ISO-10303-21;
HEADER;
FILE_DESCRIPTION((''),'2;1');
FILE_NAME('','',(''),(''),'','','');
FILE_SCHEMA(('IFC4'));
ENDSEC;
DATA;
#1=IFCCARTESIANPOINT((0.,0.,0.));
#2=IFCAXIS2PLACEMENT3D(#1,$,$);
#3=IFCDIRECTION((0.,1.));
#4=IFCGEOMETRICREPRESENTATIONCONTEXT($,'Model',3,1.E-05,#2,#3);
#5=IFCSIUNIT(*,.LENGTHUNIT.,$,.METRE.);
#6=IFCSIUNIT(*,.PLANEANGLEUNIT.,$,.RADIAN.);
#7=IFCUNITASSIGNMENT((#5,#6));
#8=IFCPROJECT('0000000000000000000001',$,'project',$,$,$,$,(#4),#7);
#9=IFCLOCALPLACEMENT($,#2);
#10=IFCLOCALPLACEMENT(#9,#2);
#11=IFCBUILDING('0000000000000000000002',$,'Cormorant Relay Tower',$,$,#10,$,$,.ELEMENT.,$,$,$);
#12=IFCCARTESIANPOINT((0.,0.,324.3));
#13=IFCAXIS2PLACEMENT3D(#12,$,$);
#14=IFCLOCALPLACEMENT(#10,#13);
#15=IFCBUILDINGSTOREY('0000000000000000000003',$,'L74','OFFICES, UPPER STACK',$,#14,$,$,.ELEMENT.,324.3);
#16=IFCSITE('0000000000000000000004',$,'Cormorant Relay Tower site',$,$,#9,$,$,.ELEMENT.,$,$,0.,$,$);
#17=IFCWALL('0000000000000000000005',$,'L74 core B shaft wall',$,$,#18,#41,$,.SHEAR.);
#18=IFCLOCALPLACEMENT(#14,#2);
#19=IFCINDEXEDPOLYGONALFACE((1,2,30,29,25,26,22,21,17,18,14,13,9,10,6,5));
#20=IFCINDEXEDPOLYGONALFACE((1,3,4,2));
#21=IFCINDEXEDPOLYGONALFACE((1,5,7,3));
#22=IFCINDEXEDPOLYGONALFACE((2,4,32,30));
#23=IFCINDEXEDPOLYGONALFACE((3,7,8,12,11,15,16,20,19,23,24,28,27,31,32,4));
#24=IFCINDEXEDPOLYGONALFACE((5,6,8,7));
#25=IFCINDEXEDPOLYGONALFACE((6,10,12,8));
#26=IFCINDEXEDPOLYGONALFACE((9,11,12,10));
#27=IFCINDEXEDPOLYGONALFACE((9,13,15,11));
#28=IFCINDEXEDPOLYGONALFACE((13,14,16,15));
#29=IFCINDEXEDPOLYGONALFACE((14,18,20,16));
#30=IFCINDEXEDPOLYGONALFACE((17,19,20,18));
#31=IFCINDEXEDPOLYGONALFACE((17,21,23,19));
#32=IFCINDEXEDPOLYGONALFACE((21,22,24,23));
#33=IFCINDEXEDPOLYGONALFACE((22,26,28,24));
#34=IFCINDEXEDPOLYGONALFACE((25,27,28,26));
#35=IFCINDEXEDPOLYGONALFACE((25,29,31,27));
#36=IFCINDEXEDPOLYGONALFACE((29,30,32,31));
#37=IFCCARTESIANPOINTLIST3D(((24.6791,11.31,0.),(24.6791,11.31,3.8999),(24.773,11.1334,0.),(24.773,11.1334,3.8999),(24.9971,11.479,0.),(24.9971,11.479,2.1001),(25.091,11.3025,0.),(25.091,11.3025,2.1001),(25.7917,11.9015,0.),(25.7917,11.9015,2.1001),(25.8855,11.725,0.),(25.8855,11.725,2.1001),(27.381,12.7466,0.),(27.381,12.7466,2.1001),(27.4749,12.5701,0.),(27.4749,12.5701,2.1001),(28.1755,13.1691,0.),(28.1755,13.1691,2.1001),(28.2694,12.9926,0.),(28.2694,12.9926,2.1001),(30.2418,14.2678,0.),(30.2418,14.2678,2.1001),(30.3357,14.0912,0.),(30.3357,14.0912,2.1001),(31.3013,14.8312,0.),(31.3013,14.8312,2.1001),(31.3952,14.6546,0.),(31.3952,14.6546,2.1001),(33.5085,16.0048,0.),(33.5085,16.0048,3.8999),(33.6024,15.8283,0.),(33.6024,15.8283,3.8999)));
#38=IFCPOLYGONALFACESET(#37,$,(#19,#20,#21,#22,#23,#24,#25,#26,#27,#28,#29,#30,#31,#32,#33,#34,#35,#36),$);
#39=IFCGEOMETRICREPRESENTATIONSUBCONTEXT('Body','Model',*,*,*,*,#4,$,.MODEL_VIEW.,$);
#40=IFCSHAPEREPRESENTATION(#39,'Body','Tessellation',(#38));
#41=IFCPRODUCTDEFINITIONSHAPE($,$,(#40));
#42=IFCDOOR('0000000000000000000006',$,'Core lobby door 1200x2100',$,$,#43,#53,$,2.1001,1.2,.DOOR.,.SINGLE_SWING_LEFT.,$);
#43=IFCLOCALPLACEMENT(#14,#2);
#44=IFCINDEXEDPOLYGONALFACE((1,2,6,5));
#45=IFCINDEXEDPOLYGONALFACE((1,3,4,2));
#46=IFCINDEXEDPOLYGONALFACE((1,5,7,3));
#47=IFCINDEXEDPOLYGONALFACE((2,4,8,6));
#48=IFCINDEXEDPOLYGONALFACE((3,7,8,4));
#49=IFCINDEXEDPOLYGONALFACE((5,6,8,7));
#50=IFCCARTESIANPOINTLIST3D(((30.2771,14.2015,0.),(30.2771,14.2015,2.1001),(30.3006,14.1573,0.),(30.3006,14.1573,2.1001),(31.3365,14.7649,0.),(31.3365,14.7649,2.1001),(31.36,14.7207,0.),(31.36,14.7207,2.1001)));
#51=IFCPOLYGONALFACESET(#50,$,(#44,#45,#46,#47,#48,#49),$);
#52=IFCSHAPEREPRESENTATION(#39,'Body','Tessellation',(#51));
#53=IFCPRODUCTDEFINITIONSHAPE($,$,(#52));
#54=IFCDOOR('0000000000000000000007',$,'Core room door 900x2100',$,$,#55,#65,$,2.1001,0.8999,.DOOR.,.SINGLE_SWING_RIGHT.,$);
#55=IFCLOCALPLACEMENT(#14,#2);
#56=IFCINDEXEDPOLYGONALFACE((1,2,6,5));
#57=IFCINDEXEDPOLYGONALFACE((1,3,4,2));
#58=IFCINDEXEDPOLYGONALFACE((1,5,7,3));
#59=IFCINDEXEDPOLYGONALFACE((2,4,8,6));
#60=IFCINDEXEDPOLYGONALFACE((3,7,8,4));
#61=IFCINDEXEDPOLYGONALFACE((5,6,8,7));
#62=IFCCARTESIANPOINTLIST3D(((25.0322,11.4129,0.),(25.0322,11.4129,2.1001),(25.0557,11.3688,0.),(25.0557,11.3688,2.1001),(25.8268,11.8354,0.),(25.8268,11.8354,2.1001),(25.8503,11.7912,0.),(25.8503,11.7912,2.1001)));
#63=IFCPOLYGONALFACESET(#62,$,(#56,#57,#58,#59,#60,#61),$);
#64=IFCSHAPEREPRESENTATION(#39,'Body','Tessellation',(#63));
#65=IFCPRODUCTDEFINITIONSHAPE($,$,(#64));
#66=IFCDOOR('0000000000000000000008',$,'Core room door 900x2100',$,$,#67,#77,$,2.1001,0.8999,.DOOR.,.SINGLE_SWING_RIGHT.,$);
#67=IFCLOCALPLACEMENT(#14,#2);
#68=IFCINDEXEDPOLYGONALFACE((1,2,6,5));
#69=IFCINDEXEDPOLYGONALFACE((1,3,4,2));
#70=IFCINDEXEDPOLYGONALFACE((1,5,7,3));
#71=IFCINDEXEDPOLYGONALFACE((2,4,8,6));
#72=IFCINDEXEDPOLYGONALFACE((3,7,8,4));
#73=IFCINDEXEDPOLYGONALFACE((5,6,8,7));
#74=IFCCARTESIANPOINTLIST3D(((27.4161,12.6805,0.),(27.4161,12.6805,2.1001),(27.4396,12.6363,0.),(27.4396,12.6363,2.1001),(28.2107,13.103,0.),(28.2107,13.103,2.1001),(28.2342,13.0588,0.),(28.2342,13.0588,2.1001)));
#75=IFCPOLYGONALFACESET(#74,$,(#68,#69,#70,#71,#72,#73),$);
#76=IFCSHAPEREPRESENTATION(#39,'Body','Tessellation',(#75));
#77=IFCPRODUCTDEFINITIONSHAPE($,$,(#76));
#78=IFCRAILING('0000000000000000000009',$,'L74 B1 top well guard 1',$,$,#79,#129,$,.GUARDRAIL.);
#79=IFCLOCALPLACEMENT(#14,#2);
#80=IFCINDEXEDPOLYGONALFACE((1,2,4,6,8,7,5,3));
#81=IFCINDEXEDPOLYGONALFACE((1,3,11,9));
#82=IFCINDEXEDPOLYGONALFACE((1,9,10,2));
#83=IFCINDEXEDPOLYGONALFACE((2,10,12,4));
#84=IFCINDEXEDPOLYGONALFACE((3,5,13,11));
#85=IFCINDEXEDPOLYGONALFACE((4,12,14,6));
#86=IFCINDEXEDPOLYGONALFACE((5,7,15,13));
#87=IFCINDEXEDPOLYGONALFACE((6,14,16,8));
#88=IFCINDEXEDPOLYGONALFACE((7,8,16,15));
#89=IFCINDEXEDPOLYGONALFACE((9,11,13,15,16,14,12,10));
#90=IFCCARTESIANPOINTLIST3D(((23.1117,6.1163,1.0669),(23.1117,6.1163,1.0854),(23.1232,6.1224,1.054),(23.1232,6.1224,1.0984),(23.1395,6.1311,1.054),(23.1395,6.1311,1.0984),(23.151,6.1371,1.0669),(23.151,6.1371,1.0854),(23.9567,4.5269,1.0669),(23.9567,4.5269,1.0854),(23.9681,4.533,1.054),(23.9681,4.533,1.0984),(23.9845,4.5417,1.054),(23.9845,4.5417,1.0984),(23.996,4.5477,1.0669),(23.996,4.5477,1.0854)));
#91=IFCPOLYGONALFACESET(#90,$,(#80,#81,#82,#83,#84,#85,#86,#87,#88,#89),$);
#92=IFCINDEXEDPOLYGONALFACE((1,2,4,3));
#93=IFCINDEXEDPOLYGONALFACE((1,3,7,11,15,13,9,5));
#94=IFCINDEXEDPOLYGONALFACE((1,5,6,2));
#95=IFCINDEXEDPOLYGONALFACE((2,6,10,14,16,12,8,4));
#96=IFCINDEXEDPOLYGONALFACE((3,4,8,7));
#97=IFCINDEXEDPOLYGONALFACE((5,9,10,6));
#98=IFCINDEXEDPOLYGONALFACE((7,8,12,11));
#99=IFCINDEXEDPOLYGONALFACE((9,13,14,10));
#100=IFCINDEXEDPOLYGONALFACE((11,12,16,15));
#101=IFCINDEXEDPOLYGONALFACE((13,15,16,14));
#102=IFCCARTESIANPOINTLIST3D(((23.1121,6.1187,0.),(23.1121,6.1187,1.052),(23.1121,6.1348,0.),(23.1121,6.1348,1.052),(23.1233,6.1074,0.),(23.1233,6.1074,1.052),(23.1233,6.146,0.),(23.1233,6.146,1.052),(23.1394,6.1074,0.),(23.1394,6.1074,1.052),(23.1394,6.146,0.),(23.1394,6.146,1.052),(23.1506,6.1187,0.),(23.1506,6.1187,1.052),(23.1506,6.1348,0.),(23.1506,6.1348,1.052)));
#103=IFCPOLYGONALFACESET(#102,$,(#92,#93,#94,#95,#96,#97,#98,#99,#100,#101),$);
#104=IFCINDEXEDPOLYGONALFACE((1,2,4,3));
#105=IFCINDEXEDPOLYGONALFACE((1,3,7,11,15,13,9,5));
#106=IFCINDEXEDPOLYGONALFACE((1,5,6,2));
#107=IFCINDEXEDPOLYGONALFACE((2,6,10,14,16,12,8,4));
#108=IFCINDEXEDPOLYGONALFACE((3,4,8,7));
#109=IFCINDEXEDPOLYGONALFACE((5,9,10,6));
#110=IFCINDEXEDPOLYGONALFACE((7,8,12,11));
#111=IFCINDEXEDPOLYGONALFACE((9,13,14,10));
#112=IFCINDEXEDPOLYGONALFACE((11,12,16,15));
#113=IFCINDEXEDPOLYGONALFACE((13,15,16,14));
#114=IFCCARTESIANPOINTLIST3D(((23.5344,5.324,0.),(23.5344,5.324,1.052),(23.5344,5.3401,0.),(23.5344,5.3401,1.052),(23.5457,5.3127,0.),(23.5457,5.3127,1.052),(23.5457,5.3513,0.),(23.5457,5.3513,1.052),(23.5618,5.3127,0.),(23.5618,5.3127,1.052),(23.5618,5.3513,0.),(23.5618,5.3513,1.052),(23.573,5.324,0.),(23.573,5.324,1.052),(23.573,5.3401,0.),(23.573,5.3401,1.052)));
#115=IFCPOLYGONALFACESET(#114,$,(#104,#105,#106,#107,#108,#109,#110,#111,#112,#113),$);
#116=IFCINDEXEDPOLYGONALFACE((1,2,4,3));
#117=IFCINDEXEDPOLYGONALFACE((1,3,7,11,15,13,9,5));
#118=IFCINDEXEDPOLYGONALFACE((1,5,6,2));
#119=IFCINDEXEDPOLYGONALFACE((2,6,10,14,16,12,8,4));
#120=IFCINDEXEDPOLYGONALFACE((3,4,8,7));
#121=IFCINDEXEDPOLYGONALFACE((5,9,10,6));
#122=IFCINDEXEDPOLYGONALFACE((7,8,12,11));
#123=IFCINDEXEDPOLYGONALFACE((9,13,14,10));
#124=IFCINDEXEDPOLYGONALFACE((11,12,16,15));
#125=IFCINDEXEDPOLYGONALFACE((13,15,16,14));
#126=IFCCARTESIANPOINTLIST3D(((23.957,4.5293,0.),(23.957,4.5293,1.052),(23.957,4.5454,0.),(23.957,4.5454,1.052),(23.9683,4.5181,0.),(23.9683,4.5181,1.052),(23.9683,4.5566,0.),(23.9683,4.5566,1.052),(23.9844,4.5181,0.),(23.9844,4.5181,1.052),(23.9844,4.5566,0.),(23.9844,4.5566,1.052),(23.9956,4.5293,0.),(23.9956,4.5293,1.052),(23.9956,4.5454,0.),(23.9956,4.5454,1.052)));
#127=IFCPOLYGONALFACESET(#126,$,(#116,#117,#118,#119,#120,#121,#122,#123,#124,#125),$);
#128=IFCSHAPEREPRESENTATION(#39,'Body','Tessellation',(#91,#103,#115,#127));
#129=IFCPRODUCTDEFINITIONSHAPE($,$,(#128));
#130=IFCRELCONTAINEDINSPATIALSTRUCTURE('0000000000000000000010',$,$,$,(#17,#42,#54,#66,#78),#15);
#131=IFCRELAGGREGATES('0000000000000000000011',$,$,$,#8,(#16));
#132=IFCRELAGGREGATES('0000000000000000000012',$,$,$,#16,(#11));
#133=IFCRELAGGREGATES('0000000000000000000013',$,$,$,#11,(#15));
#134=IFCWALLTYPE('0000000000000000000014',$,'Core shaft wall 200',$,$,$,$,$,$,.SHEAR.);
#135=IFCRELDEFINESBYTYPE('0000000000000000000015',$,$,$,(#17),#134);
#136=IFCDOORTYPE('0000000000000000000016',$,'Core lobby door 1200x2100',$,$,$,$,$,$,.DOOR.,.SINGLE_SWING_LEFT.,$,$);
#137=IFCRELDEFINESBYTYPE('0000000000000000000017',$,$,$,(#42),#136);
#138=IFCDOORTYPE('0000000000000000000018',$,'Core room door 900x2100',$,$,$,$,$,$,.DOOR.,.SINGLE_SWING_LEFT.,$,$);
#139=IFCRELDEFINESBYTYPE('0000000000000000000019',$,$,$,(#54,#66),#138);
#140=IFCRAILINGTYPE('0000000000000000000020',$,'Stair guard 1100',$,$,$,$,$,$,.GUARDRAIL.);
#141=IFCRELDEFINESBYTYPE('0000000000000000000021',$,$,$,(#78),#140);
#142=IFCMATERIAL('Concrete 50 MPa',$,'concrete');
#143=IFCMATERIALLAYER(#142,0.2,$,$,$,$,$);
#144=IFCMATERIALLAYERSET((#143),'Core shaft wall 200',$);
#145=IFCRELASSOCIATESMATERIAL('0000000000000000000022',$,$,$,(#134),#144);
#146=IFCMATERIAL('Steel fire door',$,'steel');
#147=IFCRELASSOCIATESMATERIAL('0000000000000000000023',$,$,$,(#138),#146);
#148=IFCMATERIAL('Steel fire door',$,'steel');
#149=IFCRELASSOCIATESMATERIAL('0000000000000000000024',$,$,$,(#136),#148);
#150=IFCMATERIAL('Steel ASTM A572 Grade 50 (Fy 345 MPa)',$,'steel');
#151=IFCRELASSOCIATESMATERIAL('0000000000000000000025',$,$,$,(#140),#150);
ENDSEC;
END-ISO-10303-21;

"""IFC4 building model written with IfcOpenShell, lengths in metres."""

from ifc_helpers import new_model, si_unit, direction, frame, frame_2d, origin, place, context, subcontext, project, spatial, polyline, rectangle, outline, extrude, material, layer, layer_set, type_object, element, fill, save


model = new_model("IFC4")

# Units and contexts
model_context = context("Model", 3, precision=1e-05, world=origin(), true_north=direction((0.0, 1.0)))
body_context = subcontext(model_context, "Body", "Model", "MODEL_VIEW")
ifc_project = project(units=[si_unit("LENGTHUNIT", "METRE"), si_unit("PLANEANGLEUNIT", "RADIAN")], contexts=[model_context])

# Site, building, storey
site_placement = place(None, origin())
site = spatial("IfcSite", under=ifc_project, at=site_placement, Name="Cormorant Relay Tower site", CompositionType="ELEMENT", RefElevation=0.0)
building_placement = place(site_placement, origin())
building = spatial("IfcBuilding", under=site, at=building_placement, Name="Cormorant Relay Tower", CompositionType="ELEMENT")
storey_placement = place(building_placement, frame((0.0, 0.0, 324.3)))
storey = spatial("IfcBuildingStorey", under=building, at=storey_placement, Name="L74", Description="OFFICES, UPPER STACK", CompositionType="ELEMENT", Elevation=324.3)

# Shared definitions
ifc_material_1 = material(Name="Concrete 50 MPa", Category="concrete")
ifc_layer_1 = layer(ifc_material_1, 0.2)
ifc_layer_set_1 = layer_set([ifc_layer_1], Name="Core shaft wall 200")
wall_type_1 = type_object("IfcWallType", Name="Core shaft wall 200", PredefinedType="SHEAR", material=ifc_layer_set_1)

# Wall, openings, doors
ifc_material_2 = material(Name="Steel fire door", Category="steel")
door_type_1 = type_object("IfcDoorType", Name="Core room door 900x2100", OperationType="SINGLE_SWING_LEFT", PredefinedType="DOOR", material=ifc_material_2)
wall_1_placement = place(storey_placement, frame((24.7261, 11.2217, 0.0), z_axis=(0.0, 0.0, 1.0), x_axis=(0.88294, 0.469485, 0.0)))
wall_1 = element("IfcWall", 1, at=wall_1_placement, inside=storey, type_object=wall_type_1, Name="L74 core B shaft wall", PredefinedType="SHEAR", context=body_context, shape_type="SweptSolid", body=[
    extrude(rectangle(XDim=10.0, YDim=0.2, at=frame_2d((5.0, 0.0))), origin(), (0.0, 0.0, 1.0), 3.8999),
])
opening_1_placement = place(wall_1_placement, frame((6.3, 0.0, 0.0)))
opening_1 = element("IfcOpeningElement", 2, at=opening_1_placement, cuts=wall_1, PredefinedType="OPENING", context=body_context, shape_type="SweptSolid", body=[
    extrude(rectangle(XDim=1.2, YDim=2.1001, at=frame_2d((0.6001, 1.05))), frame((0.0, 0.1099, 0.0), z_axis=(0.0, -1.0, 0.0), x_axis=(1.0, 0.0, 0.0)), (0.0, 0.0, 1.0), 0.22),
])
opening_2_placement = place(wall_1_placement, frame((0.3601, 0.0, 0.0)))
opening_2 = element("IfcOpeningElement", 3, at=opening_2_placement, cuts=wall_1, PredefinedType="OPENING", context=body_context, shape_type="SweptSolid", body=[
    extrude(rectangle(XDim=0.8999, YDim=2.1001, at=frame_2d((0.45, 1.05))), frame((0.0, 0.1099, 0.0), z_axis=(0.0, -1.0, 0.0), x_axis=(1.0, 0.0, 0.0)), (0.0, 0.0, 1.0), 0.22),
])
opening_3_placement = place(wall_1_placement, frame((3.0601, 0.0, 0.0)))
opening_3 = element("IfcOpeningElement", 4, at=opening_3_placement, cuts=wall_1, PredefinedType="OPENING", context=body_context, shape_type="SweptSolid", body=[
    extrude(rectangle(XDim=0.8999, YDim=2.1001, at=frame_2d((0.45, 1.05))), frame((0.0, 0.1099, 0.0), z_axis=(0.0, -1.0, 0.0), x_axis=(1.0, 0.0, 0.0)), (0.0, 0.0, 1.0), 0.22),
])
ifc_material_3 = material(Name="Steel fire door", Category="steel")
door_type_2 = type_object("IfcDoorType", Name="Core lobby door 1200x2100", OperationType="SINGLE_SWING_LEFT", PredefinedType="DOOR", material=ifc_material_3)
door_1_placement = place(opening_1_placement, origin())
door_1 = element("IfcDoor", 5, at=door_1_placement, inside=storey, type_object=door_type_2, Name="Core lobby door 1200x2100", OperationType="SINGLE_SWING_LEFT", OverallHeight=2.1001, OverallWidth=1.2, PredefinedType="DOOR", context=body_context, shape_type="SweptSolid", body=[
    extrude(rectangle(XDim=1.2, YDim=2.1001, at=frame_2d((0.6001, 1.05))), frame((0.0, 0.0249, 0.0), z_axis=(0.0, -1.0, 0.0), x_axis=(1.0, 0.0, 0.0)), (0.0, 0.0, 1.0), 0.05),
])
fill(opening_1, door_1)
door_2_placement = place(opening_2_placement, frame((0.8999, 0.0, 0.0), z_axis=(0.0, 0.0, 1.0), x_axis=(-1.0, 0.0, 0.0)))
door_2 = element("IfcDoor", 6, at=door_2_placement, inside=storey, type_object=door_type_1, Name="Core room door 900x2100", OperationType="SINGLE_SWING_RIGHT", OverallHeight=2.1001, OverallWidth=0.8999, PredefinedType="DOOR", context=body_context, shape_type="SweptSolid", body=[
    extrude(rectangle(XDim=0.8999, YDim=2.1001, at=frame_2d((0.45, 1.05))), frame((0.0, 0.0249, 0.0), z_axis=(0.0, -1.0, 0.0), x_axis=(1.0, 0.0, 0.0)), (0.0, 0.0, 1.0), 0.05),
])
fill(opening_2, door_2)
door_3_placement = place(opening_3_placement, frame((0.8999, 0.0, 0.0), z_axis=(0.0, 0.0, 1.0), x_axis=(-1.0, 0.0, 0.0)))
door_3 = element("IfcDoor", 7, at=door_3_placement, inside=storey, type_object=door_type_1, Name="Core room door 900x2100", OperationType="SINGLE_SWING_RIGHT", OverallHeight=2.1001, OverallWidth=0.8999, PredefinedType="DOOR", context=body_context, shape_type="SweptSolid", body=[
    extrude(rectangle(XDim=0.8999, YDim=2.1001, at=frame_2d((0.45, 1.05))), frame((0.0, 0.0249, 0.0), z_axis=(0.0, -1.0, 0.0), x_axis=(1.0, 0.0, 0.0)), (0.0, 0.0, 1.0), 0.05),
])
fill(opening_3, door_3)

# Railing
ifc_material_4 = material(Name="Steel ASTM A572 Grade 50 (Fy 345 MPa)", Category="steel")
railing_type = type_object("IfcRailingType", Name="Stair guard 1100", PredefinedType="GUARDRAIL", material=ifc_material_4)
railing_placement = place(storey_placement, frame((23.1313, 6.1267, 0.0)))
element("IfcRailing", 8, at=railing_placement, inside=storey, type_object=railing_type, Name="L74 B1 top well guard 1", PredefinedType="GUARDRAIL", context=body_context, shape_type="SweptSolid", body=[
    extrude(outline(polyline([(0.0222, 0.0093), (0.0093, 0.0222), (-0.0093, 0.0222), (-0.0222, 0.0093), (-0.0222, -0.0093), (-0.0093, -0.0222), (0.0093, -0.0222), (0.0222, -0.0093), (0.0222, 0.0093)])), frame((0.0, 0.0, 1.0762), z_axis=(0.469426, -0.882972, 0.0), x_axis=(0.882972, 0.469426, 0.0)), (0.0, 0.0, 1.0), 1.8),
    extrude(outline(polyline([(0.0193, 0.0081), (0.0081, 0.0193), (-0.0081, 0.0193), (-0.0193, 0.0081), (-0.0193, -0.0081), (-0.0081, -0.0193), (0.0081, -0.0193), (0.0193, -0.0081), (0.0193, 0.0081)])), origin(), (0.0, 0.0, 1.0), 1.052),
    extrude(outline(polyline([(0.0193, 0.0081), (0.0081, 0.0193), (-0.0081, 0.0193), (-0.0193, 0.0081), (-0.0193, -0.0081), (-0.0081, -0.0193), (0.0081, -0.0193), (0.0193, -0.0081), (0.0193, 0.0081)])), frame((0.4224, -0.7947, 0.0)), (0.0, 0.0, 1.0), 1.052),
    extrude(outline(polyline([(0.0193, 0.0081), (0.0081, 0.0193), (-0.0081, 0.0193), (-0.0193, 0.0081), (-0.0193, -0.0081), (-0.0081, -0.0193), (0.0081, -0.0193), (0.0193, -0.0081), (0.0193, 0.0081)])), frame((0.845, -1.5894, 0.0)), (0.0, 0.0, 1.0), 1.052),
])

save(model, "model.ifc")
